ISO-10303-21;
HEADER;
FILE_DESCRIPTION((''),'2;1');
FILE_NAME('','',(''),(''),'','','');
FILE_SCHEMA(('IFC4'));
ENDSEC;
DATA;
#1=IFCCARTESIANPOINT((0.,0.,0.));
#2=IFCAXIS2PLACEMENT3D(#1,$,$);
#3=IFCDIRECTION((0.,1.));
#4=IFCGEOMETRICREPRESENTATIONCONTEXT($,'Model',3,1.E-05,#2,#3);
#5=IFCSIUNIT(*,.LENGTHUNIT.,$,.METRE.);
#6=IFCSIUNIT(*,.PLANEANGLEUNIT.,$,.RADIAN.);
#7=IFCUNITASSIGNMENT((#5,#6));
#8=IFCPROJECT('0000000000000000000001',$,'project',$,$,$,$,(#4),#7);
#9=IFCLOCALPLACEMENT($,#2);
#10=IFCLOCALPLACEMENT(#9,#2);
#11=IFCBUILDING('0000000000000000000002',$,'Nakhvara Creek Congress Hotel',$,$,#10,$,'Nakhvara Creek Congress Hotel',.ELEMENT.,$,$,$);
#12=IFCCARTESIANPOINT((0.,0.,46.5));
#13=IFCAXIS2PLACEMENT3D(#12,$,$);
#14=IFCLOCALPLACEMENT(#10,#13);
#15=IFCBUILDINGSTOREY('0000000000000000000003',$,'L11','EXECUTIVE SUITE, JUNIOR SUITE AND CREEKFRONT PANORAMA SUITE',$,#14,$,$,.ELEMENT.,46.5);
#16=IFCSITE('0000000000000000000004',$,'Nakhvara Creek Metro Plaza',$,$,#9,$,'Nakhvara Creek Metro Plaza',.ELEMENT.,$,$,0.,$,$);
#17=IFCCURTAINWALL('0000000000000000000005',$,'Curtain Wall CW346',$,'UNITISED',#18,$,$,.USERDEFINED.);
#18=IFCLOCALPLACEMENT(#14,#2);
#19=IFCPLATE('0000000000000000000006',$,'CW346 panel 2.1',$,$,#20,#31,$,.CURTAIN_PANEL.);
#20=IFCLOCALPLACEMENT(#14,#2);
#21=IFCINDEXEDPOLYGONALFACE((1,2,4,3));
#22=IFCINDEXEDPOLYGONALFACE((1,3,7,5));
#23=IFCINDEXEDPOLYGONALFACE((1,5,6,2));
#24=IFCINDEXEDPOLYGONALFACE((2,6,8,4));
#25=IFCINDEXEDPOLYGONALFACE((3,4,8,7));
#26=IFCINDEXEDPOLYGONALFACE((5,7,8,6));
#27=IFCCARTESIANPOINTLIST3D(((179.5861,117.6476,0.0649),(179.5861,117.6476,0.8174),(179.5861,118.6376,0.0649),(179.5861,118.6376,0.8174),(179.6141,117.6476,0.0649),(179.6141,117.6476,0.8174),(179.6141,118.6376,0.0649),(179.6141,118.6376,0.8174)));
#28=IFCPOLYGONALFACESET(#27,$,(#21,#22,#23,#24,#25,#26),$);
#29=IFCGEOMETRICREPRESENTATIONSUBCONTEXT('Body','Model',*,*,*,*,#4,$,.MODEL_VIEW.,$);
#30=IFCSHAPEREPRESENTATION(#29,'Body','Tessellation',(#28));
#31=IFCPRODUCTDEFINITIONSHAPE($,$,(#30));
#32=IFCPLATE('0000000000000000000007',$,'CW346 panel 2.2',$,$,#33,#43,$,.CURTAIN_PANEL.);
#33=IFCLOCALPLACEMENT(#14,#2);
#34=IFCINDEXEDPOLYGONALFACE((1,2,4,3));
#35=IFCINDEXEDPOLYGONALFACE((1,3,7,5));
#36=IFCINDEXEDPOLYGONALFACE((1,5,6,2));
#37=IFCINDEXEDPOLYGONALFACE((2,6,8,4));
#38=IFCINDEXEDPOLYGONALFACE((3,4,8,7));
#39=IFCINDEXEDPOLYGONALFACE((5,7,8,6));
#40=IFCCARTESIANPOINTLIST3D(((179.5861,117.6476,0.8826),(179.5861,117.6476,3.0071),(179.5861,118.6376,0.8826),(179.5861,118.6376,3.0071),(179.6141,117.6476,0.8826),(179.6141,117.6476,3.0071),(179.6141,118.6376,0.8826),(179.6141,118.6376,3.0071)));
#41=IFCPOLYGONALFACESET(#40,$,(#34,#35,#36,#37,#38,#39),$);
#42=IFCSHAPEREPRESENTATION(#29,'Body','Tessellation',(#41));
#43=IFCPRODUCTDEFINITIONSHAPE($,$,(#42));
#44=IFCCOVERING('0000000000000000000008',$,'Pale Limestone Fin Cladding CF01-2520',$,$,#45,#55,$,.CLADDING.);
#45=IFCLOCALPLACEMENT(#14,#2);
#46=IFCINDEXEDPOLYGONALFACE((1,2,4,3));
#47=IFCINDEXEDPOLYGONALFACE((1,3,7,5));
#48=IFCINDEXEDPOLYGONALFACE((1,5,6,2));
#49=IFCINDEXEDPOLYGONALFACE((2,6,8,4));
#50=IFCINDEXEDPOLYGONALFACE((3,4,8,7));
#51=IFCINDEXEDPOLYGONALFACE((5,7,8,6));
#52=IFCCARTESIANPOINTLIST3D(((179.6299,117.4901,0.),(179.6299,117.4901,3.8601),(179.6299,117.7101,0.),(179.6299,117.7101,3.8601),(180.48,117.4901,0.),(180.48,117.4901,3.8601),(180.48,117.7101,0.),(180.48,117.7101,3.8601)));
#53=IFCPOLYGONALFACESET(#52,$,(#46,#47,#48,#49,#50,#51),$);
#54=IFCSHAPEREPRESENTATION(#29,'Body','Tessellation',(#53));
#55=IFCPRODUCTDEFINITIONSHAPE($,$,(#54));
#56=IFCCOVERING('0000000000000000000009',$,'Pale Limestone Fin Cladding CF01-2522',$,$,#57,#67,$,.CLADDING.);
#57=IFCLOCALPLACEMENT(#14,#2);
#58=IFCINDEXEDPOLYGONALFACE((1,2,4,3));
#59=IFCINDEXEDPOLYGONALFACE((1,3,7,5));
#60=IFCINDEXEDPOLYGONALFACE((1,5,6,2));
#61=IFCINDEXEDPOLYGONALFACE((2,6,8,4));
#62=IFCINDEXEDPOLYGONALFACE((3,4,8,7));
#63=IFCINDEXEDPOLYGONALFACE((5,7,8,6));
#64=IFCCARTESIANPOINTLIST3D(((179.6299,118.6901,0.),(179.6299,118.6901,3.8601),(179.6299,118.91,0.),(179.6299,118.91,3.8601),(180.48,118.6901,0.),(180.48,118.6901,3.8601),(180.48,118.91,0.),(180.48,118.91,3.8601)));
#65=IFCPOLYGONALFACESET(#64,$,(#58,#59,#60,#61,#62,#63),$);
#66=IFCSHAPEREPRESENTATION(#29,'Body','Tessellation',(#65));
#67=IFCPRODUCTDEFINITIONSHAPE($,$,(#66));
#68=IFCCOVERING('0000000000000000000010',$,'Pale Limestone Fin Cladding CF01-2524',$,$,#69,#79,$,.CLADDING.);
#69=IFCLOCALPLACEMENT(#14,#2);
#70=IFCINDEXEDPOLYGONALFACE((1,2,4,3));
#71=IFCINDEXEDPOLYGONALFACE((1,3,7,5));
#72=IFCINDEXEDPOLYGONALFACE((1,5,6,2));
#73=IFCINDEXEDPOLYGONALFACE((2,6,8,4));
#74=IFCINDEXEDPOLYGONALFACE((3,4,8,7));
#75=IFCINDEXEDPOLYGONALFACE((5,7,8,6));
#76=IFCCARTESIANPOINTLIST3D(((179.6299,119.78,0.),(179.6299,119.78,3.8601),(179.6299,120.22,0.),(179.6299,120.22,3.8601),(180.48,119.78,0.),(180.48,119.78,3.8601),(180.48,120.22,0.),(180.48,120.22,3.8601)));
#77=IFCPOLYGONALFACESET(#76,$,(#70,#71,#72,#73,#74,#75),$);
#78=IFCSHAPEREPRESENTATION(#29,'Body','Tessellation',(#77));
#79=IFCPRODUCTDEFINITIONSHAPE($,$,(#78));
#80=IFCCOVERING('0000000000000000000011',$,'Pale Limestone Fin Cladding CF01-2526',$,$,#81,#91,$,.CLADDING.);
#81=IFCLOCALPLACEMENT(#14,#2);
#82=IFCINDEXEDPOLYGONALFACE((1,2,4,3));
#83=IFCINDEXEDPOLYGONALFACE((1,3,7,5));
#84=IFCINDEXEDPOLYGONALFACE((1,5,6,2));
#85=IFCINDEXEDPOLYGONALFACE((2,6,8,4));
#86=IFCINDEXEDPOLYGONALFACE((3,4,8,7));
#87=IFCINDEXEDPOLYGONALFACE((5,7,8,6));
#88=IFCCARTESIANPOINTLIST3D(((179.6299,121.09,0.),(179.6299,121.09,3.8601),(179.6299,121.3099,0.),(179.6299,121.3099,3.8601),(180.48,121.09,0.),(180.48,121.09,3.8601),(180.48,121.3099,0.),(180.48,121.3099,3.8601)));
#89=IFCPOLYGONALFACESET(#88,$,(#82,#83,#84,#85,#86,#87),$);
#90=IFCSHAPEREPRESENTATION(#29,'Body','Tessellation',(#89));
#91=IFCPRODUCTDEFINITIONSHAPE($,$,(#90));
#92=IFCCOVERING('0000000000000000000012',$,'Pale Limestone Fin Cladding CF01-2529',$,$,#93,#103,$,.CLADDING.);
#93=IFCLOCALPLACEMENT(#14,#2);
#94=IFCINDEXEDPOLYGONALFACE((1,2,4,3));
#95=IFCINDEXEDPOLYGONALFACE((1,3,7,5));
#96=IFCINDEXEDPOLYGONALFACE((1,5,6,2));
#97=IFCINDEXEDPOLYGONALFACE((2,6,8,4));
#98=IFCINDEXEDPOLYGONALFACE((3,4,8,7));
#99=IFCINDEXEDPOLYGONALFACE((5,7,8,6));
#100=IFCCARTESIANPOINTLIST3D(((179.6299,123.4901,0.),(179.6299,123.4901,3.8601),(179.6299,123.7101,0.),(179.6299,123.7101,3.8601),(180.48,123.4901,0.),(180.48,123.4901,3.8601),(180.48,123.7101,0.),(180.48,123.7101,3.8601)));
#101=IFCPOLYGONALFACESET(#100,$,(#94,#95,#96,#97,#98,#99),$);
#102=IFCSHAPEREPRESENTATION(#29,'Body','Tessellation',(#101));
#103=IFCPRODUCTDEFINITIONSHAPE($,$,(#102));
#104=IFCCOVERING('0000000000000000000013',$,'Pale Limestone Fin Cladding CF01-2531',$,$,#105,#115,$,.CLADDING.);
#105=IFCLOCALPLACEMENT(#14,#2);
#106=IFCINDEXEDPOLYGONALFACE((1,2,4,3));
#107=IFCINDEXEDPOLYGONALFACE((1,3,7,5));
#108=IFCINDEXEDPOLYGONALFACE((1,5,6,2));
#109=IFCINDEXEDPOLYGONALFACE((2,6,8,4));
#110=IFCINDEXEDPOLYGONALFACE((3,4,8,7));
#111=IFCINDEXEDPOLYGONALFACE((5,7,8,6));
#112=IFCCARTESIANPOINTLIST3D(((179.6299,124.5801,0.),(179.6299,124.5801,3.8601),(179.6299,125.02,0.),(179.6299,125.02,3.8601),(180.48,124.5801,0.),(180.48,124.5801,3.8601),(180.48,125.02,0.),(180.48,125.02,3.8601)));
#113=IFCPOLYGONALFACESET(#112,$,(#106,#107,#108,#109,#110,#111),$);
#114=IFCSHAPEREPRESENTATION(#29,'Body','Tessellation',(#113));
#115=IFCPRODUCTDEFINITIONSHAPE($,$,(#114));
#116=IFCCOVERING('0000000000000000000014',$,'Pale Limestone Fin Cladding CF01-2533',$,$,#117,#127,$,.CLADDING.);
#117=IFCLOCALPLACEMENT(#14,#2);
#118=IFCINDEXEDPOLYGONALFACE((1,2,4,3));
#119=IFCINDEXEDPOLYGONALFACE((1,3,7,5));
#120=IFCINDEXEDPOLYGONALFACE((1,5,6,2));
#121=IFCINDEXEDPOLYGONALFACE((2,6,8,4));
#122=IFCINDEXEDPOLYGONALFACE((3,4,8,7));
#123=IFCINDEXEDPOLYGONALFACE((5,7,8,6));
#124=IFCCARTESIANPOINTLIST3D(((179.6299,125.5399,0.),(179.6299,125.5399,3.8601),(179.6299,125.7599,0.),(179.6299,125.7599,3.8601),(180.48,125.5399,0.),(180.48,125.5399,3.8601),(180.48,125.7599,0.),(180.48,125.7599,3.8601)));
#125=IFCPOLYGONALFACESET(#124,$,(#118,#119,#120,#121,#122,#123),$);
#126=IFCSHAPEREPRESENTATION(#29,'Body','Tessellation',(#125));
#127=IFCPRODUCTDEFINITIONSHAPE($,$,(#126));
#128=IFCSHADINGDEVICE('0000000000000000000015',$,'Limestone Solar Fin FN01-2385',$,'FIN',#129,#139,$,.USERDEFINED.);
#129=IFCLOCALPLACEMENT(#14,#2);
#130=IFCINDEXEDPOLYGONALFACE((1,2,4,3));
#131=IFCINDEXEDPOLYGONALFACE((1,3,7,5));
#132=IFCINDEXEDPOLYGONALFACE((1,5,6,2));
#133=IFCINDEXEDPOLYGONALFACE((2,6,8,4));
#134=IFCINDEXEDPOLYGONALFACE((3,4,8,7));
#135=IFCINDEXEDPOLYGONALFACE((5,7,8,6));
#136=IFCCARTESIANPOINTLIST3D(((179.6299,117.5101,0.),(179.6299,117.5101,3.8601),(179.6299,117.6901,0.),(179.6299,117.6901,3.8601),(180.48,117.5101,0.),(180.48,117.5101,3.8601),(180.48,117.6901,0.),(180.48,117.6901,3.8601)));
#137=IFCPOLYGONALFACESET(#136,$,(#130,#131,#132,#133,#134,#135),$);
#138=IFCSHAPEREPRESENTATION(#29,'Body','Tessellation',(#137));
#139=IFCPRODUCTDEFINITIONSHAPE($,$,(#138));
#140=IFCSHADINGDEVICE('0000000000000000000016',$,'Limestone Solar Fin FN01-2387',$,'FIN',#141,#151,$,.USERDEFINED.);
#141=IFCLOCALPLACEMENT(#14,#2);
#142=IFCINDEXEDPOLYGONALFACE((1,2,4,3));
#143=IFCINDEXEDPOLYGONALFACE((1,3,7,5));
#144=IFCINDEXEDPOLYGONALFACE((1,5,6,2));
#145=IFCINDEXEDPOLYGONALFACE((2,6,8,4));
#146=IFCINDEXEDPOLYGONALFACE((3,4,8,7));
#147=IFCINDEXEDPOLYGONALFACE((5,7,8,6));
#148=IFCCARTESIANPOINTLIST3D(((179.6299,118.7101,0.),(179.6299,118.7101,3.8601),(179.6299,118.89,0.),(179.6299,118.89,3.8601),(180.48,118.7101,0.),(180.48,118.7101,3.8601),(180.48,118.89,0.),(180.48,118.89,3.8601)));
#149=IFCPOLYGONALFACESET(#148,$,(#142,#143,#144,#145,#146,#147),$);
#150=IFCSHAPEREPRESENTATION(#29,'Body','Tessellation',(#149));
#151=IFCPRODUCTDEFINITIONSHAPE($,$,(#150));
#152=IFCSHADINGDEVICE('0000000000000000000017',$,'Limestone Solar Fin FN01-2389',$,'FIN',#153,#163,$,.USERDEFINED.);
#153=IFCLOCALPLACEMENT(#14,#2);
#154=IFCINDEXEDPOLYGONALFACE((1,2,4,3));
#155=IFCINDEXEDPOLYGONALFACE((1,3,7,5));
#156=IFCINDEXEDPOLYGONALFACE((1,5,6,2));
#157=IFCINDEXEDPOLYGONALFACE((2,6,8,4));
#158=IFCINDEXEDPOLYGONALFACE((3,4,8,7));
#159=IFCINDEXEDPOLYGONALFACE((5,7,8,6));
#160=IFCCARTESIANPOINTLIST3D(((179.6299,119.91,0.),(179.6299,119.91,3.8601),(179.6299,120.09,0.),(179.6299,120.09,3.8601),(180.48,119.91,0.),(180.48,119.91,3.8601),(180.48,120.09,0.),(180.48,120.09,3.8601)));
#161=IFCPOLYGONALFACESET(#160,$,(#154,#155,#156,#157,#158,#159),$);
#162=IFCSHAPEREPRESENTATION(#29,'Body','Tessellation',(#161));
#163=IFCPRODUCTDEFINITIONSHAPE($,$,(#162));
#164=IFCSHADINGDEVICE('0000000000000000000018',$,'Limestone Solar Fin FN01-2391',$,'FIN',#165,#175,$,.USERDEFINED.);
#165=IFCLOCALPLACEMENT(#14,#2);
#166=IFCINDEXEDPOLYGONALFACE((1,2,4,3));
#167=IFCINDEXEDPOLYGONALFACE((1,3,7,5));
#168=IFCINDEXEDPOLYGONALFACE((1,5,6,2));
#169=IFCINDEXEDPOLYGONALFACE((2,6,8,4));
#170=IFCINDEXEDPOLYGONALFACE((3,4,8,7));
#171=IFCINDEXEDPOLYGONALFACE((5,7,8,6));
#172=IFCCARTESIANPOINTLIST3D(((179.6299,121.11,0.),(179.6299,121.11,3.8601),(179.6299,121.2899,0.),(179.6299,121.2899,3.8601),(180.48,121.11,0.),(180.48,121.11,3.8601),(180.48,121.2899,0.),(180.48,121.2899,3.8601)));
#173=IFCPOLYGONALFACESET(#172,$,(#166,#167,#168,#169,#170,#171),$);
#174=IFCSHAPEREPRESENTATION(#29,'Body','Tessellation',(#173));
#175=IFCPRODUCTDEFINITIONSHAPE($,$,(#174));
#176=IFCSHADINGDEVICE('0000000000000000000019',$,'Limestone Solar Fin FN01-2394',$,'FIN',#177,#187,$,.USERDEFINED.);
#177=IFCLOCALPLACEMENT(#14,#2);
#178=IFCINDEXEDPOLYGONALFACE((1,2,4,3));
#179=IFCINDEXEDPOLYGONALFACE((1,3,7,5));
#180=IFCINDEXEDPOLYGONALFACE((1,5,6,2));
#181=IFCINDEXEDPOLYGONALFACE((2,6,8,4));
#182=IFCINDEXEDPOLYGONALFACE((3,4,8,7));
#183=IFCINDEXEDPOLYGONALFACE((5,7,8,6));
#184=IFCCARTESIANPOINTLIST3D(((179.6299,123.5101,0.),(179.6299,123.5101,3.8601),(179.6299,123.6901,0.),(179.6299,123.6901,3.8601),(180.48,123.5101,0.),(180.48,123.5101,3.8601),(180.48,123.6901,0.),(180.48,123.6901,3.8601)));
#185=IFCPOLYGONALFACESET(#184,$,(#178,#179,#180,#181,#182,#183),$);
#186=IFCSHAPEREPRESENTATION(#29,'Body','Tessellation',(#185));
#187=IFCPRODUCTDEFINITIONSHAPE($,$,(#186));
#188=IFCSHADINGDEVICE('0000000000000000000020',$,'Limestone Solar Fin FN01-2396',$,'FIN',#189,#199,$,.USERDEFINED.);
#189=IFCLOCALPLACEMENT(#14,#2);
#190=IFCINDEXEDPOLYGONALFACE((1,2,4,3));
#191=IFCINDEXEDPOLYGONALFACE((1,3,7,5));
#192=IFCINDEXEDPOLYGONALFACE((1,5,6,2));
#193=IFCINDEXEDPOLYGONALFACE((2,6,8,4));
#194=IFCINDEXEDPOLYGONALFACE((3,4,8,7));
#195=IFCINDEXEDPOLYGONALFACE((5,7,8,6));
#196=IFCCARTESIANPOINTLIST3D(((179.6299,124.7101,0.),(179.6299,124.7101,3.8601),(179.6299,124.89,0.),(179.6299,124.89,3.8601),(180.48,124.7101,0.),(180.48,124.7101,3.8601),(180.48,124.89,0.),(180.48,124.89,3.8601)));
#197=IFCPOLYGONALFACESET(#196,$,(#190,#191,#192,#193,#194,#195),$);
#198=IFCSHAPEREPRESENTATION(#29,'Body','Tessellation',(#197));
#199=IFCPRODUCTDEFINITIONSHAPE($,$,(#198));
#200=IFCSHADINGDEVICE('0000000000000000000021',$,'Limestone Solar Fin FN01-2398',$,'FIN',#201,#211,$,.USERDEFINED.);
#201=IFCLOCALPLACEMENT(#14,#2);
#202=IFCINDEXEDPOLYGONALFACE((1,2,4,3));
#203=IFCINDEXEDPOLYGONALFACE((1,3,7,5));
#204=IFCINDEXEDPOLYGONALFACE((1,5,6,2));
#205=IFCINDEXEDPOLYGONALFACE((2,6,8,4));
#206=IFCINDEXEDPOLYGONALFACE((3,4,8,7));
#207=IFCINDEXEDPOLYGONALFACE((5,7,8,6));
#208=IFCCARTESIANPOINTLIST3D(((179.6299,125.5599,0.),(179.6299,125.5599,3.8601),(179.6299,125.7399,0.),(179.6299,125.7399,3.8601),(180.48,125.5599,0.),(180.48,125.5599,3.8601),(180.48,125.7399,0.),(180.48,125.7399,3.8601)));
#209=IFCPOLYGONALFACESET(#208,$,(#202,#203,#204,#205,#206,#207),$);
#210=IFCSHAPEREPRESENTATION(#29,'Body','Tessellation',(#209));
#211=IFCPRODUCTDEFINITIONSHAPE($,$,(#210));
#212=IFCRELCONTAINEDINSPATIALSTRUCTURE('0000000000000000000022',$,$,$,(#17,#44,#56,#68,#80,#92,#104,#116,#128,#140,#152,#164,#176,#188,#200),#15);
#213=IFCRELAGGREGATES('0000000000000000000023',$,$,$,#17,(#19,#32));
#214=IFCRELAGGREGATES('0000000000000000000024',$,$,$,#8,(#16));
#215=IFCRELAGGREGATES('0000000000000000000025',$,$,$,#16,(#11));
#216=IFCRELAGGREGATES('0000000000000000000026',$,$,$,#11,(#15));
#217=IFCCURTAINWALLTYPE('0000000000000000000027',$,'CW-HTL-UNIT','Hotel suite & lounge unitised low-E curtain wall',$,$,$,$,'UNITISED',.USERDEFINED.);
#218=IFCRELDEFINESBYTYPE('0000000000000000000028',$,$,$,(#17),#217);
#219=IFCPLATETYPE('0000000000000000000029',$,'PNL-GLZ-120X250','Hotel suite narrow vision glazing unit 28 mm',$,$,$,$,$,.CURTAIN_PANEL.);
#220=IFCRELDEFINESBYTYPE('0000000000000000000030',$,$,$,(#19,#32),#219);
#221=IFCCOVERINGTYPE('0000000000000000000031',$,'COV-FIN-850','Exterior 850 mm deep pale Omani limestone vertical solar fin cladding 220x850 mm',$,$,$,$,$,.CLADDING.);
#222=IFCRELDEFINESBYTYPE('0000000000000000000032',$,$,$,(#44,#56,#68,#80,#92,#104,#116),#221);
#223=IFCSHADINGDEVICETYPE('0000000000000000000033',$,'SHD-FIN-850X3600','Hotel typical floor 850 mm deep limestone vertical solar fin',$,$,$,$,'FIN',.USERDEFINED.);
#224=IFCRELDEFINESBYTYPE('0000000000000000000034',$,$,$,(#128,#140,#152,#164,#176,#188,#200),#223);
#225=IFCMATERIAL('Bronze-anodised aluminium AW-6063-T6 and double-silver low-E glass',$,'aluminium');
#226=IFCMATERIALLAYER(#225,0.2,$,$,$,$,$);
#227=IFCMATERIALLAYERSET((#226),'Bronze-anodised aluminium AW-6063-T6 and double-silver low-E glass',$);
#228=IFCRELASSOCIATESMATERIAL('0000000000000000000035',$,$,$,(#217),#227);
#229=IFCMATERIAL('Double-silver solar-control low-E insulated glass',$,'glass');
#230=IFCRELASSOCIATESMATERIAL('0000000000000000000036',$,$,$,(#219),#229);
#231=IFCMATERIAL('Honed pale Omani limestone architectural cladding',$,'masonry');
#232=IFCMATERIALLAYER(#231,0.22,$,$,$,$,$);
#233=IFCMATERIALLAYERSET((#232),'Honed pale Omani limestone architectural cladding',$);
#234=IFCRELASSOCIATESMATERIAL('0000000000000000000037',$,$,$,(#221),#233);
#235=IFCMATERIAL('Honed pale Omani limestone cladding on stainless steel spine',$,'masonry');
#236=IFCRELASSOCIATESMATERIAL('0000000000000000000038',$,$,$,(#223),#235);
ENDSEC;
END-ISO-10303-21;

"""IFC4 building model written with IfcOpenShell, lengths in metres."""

from ifc_helpers import new_model, si_unit, direction, frame, origin, origin_2d, place, context, subcontext, project, spatial, rectangle, extrude, material, layer, layer_set, type_object, element, aggregate, save


model = new_model("IFC4")

# Units and contexts
model_context = context("Model", 3, precision=1e-05, world=origin(), true_north=direction((0.0, 1.0)))
body_context = subcontext(model_context, "Body", "Model", "MODEL_VIEW")
ifc_project = project(units=[si_unit("LENGTHUNIT", "METRE"), si_unit("PLANEANGLEUNIT", "RADIAN")], contexts=[model_context])

# Site, building, storey
site_placement = place(None, origin())
site = spatial("IfcSite", under=ifc_project, at=site_placement, Name="Nakhvara Creek Metro Plaza", LongName="Nakhvara Creek Metro Plaza", CompositionType="ELEMENT", RefElevation=0.0)
building_placement = place(site_placement, origin())
building = spatial("IfcBuilding", under=site, at=building_placement, Name="Nakhvara Creek Congress Hotel", LongName="Nakhvara Creek Congress Hotel", CompositionType="ELEMENT")
storey_placement = place(building_placement, frame((0.0, 0.0, 46.5)))
storey = spatial("IfcBuildingStorey", under=building, at=storey_placement, Name="L11", Description="EXECUTIVE SUITE, JUNIOR SUITE AND CREEKFRONT PANORAMA SUITE", CompositionType="ELEMENT", Elevation=46.5)

# Curtain wall, plates
ifc_material_1 = material(Name="Bronze-anodised aluminium AW-6063-T6 and double-silver low-E glass", Category="aluminium")
ifc_layer_1 = layer(ifc_material_1, 0.2)
ifc_layer_set_1 = layer_set([ifc_layer_1], Name="Bronze-anodised aluminium AW-6063-T6 and double-silver low-E glass")
curtain_wall_type = type_object("IfcCurtainWallType", Name="CW-HTL-UNIT", Description="Hotel suite & lounge unitised low-E curtain wall", ElementType="UNITISED", PredefinedType="USERDEFINED", material=ifc_layer_set_1)
curtain_wall_placement = place(storey_placement, origin())
curtain_wall = element("IfcCurtainWall", 1, at=curtain_wall_placement, inside=storey, type_object=curtain_wall_type, Name="Curtain Wall CW346", ObjectType="UNITISED", PredefinedType="USERDEFINED")
ifc_material_2 = material(Name="Double-silver solar-control low-E insulated glass", Category="glass")
plate_type = type_object("IfcPlateType", Name="PNL-GLZ-120X250", Description="Hotel suite narrow vision glazing unit 28 mm", PredefinedType="CURTAIN_PANEL", material=ifc_material_2)
plate_1_placement = place(storey_placement, frame((179.6001, 118.1426, 0.0649), z_axis=(0.0, 0.0, 1.0), x_axis=(0.0, -1.0, 0.0)))
plate_1 = element("IfcPlate", 2, at=plate_1_placement, type_object=plate_type, Name="CW346 panel 2.1", PredefinedType="CURTAIN_PANEL", context=body_context, shape_type="SweptSolid", body=[
    extrude(rectangle(XDim=0.99, YDim=0.0281, at=origin_2d()), origin(), (0.0, 0.0, 1.0), 0.7524),
])
plate_2_placement = place(storey_placement, frame((179.6001, 118.1426, 0.8826), z_axis=(0.0, 0.0, 1.0), x_axis=(0.0, -1.0, 0.0)))
plate_2 = element("IfcPlate", 3, at=plate_2_placement, type_object=plate_type, Name="CW346 panel 2.2", PredefinedType="CURTAIN_PANEL", context=body_context, shape_type="SweptSolid", body=[
    extrude(rectangle(XDim=0.99, YDim=0.0281, at=origin_2d()), origin(), (0.0, 0.0, 1.0), 2.1245),
])
aggregate(curtain_wall, [plate_1, plate_2])

# Coverings
ifc_material_3 = material(Name="Honed pale Omani limestone architectural cladding", Category="masonry")
ifc_layer_2 = layer(ifc_material_3, 0.22)
ifc_layer_set_2 = layer_set([ifc_layer_2], Name="Honed pale Omani limestone architectural cladding")
covering_type = type_object("IfcCoveringType", Name="COV-FIN-850", Description="Exterior 850 mm deep pale Omani limestone vertical solar fin cladding 220x850 mm", PredefinedType="CLADDING", material=ifc_layer_set_2)
for number, where, z_axis, x_axis, name in (
    (4, (180.0549, 117.6001, 0.0), (0.0, 0.0, 1.0), (0.0, 1.0, 0.0), "Pale Limestone Fin Cladding CF01-2520"),
    (5, (180.0549, 118.8, 0.0), (0.0, 0.0, 1.0), (0.0, 1.0, 0.0), "Pale Limestone Fin Cladding CF01-2522"),
):
    element("IfcCovering", number, at=place(storey_placement, frame(where, z_axis=z_axis, x_axis=x_axis)), inside=storey, type_object=covering_type, Name=name, PredefinedType="CLADDING", context=body_context, shape_type="SweptSolid", body=[
        extrude(rectangle(XDim=0.22, YDim=0.8501, at=origin_2d()), origin(), (0.0, 0.0, 1.0), 3.8601),
    ])
covering_1_placement = place(storey_placement, frame((180.0549, 120.0, 0.0), z_axis=(0.0, 0.0, 1.0), x_axis=(0.0, 1.0, 0.0)))
element("IfcCovering", 6, at=covering_1_placement, inside=storey, type_object=covering_type, Name="Pale Limestone Fin Cladding CF01-2524", PredefinedType="CLADDING", context=body_context, shape_type="SweptSolid", body=[
    extrude(rectangle(XDim=0.4399, YDim=0.8501, at=origin_2d()), origin(), (0.0, 0.0, 1.0), 3.8601),
])
for number, where, z_axis, x_axis, name in (
    (7, (180.0549, 121.2, 0.0), (0.0, 0.0, 1.0), (0.0, 1.0, 0.0), "Pale Limestone Fin Cladding CF01-2526"),
    (8, (180.0549, 123.6001, 0.0), (0.0, 0.0, 1.0), (0.0, 1.0, 0.0), "Pale Limestone Fin Cladding CF01-2529"),
):
    element("IfcCovering", number, at=place(storey_placement, frame(where, z_axis=z_axis, x_axis=x_axis)), inside=storey, type_object=covering_type, Name=name, PredefinedType="CLADDING", context=body_context, shape_type="SweptSolid", body=[
        extrude(rectangle(XDim=0.22, YDim=0.8501, at=origin_2d()), origin(), (0.0, 0.0, 1.0), 3.8601),
    ])
covering_2_placement = place(storey_placement, frame((180.0549, 124.8, 0.0), z_axis=(0.0, 0.0, 1.0), x_axis=(0.0, 1.0, 0.0)))
element("IfcCovering", 9, at=covering_2_placement, inside=storey, type_object=covering_type, Name="Pale Limestone Fin Cladding CF01-2531", PredefinedType="CLADDING", context=body_context, shape_type="SweptSolid", body=[
    extrude(rectangle(XDim=0.4399, YDim=0.8501, at=origin_2d()), origin(), (0.0, 0.0, 1.0), 3.8601),
])
covering_3_placement = place(storey_placement, frame((180.0549, 125.6499, 0.0), z_axis=(0.0, 0.0, 1.0), x_axis=(0.0, 1.0, 0.0)))
element("IfcCovering", 10, at=covering_3_placement, inside=storey, type_object=covering_type, Name="Pale Limestone Fin Cladding CF01-2533", PredefinedType="CLADDING", context=body_context, shape_type="SweptSolid", body=[
    extrude(rectangle(XDim=0.22, YDim=0.8501, at=origin_2d()), origin(), (0.0, 0.0, 1.0), 3.8601),
])

# Shading devices
ifc_material_4 = material(Name="Honed pale Omani limestone cladding on stainless steel spine", Category="masonry")
shading_device_type = type_object("IfcShadingDeviceType", Name="SHD-FIN-850X3600", Description="Hotel typical floor 850 mm deep limestone vertical solar fin", ElementType="FIN", PredefinedType="USERDEFINED", material=ifc_material_4)
for number, where, z_axis, x_axis, name in (
    (11, (180.0549, 117.6001, 0.0), (0.0, 0.0, 1.0), (0.0, 1.0, 0.0), "Limestone Solar Fin FN01-2385"),
    (12, (180.0549, 118.8, 0.0), (0.0, 0.0, 1.0), (0.0, 1.0, 0.0), "Limestone Solar Fin FN01-2387"),
    (13, (180.0549, 120.0, 0.0), (0.0, 0.0, 1.0), (0.0, 1.0, 0.0), "Limestone Solar Fin FN01-2389"),
    (14, (180.0549, 121.2, 0.0), (0.0, 0.0, 1.0), (0.0, 1.0, 0.0), "Limestone Solar Fin FN01-2391"),
    (15, (180.0549, 123.6001, 0.0), (0.0, 0.0, 1.0), (0.0, 1.0, 0.0), "Limestone Solar Fin FN01-2394"),
    (16, (180.0549, 124.8, 0.0), (0.0, 0.0, 1.0), (0.0, 1.0, 0.0), "Limestone Solar Fin FN01-2396"),
    (17, (180.0549, 125.6499, 0.0), (0.0, 0.0, 1.0), (0.0, 1.0, 0.0), "Limestone Solar Fin FN01-2398"),
):
    element("IfcShadingDevice", number, at=place(storey_placement, frame(where, z_axis=z_axis, x_axis=x_axis)), inside=storey, type_object=shading_device_type, Name=name, ObjectType="FIN", PredefinedType="USERDEFINED", context=body_context, shape_type="SweptSolid", body=[
        extrude(rectangle(XDim=0.1799, YDim=0.8501, at=origin_2d()), origin(), (0.0, 0.0, 1.0), 3.8601),
    ])

save(model, "model.ifc")
